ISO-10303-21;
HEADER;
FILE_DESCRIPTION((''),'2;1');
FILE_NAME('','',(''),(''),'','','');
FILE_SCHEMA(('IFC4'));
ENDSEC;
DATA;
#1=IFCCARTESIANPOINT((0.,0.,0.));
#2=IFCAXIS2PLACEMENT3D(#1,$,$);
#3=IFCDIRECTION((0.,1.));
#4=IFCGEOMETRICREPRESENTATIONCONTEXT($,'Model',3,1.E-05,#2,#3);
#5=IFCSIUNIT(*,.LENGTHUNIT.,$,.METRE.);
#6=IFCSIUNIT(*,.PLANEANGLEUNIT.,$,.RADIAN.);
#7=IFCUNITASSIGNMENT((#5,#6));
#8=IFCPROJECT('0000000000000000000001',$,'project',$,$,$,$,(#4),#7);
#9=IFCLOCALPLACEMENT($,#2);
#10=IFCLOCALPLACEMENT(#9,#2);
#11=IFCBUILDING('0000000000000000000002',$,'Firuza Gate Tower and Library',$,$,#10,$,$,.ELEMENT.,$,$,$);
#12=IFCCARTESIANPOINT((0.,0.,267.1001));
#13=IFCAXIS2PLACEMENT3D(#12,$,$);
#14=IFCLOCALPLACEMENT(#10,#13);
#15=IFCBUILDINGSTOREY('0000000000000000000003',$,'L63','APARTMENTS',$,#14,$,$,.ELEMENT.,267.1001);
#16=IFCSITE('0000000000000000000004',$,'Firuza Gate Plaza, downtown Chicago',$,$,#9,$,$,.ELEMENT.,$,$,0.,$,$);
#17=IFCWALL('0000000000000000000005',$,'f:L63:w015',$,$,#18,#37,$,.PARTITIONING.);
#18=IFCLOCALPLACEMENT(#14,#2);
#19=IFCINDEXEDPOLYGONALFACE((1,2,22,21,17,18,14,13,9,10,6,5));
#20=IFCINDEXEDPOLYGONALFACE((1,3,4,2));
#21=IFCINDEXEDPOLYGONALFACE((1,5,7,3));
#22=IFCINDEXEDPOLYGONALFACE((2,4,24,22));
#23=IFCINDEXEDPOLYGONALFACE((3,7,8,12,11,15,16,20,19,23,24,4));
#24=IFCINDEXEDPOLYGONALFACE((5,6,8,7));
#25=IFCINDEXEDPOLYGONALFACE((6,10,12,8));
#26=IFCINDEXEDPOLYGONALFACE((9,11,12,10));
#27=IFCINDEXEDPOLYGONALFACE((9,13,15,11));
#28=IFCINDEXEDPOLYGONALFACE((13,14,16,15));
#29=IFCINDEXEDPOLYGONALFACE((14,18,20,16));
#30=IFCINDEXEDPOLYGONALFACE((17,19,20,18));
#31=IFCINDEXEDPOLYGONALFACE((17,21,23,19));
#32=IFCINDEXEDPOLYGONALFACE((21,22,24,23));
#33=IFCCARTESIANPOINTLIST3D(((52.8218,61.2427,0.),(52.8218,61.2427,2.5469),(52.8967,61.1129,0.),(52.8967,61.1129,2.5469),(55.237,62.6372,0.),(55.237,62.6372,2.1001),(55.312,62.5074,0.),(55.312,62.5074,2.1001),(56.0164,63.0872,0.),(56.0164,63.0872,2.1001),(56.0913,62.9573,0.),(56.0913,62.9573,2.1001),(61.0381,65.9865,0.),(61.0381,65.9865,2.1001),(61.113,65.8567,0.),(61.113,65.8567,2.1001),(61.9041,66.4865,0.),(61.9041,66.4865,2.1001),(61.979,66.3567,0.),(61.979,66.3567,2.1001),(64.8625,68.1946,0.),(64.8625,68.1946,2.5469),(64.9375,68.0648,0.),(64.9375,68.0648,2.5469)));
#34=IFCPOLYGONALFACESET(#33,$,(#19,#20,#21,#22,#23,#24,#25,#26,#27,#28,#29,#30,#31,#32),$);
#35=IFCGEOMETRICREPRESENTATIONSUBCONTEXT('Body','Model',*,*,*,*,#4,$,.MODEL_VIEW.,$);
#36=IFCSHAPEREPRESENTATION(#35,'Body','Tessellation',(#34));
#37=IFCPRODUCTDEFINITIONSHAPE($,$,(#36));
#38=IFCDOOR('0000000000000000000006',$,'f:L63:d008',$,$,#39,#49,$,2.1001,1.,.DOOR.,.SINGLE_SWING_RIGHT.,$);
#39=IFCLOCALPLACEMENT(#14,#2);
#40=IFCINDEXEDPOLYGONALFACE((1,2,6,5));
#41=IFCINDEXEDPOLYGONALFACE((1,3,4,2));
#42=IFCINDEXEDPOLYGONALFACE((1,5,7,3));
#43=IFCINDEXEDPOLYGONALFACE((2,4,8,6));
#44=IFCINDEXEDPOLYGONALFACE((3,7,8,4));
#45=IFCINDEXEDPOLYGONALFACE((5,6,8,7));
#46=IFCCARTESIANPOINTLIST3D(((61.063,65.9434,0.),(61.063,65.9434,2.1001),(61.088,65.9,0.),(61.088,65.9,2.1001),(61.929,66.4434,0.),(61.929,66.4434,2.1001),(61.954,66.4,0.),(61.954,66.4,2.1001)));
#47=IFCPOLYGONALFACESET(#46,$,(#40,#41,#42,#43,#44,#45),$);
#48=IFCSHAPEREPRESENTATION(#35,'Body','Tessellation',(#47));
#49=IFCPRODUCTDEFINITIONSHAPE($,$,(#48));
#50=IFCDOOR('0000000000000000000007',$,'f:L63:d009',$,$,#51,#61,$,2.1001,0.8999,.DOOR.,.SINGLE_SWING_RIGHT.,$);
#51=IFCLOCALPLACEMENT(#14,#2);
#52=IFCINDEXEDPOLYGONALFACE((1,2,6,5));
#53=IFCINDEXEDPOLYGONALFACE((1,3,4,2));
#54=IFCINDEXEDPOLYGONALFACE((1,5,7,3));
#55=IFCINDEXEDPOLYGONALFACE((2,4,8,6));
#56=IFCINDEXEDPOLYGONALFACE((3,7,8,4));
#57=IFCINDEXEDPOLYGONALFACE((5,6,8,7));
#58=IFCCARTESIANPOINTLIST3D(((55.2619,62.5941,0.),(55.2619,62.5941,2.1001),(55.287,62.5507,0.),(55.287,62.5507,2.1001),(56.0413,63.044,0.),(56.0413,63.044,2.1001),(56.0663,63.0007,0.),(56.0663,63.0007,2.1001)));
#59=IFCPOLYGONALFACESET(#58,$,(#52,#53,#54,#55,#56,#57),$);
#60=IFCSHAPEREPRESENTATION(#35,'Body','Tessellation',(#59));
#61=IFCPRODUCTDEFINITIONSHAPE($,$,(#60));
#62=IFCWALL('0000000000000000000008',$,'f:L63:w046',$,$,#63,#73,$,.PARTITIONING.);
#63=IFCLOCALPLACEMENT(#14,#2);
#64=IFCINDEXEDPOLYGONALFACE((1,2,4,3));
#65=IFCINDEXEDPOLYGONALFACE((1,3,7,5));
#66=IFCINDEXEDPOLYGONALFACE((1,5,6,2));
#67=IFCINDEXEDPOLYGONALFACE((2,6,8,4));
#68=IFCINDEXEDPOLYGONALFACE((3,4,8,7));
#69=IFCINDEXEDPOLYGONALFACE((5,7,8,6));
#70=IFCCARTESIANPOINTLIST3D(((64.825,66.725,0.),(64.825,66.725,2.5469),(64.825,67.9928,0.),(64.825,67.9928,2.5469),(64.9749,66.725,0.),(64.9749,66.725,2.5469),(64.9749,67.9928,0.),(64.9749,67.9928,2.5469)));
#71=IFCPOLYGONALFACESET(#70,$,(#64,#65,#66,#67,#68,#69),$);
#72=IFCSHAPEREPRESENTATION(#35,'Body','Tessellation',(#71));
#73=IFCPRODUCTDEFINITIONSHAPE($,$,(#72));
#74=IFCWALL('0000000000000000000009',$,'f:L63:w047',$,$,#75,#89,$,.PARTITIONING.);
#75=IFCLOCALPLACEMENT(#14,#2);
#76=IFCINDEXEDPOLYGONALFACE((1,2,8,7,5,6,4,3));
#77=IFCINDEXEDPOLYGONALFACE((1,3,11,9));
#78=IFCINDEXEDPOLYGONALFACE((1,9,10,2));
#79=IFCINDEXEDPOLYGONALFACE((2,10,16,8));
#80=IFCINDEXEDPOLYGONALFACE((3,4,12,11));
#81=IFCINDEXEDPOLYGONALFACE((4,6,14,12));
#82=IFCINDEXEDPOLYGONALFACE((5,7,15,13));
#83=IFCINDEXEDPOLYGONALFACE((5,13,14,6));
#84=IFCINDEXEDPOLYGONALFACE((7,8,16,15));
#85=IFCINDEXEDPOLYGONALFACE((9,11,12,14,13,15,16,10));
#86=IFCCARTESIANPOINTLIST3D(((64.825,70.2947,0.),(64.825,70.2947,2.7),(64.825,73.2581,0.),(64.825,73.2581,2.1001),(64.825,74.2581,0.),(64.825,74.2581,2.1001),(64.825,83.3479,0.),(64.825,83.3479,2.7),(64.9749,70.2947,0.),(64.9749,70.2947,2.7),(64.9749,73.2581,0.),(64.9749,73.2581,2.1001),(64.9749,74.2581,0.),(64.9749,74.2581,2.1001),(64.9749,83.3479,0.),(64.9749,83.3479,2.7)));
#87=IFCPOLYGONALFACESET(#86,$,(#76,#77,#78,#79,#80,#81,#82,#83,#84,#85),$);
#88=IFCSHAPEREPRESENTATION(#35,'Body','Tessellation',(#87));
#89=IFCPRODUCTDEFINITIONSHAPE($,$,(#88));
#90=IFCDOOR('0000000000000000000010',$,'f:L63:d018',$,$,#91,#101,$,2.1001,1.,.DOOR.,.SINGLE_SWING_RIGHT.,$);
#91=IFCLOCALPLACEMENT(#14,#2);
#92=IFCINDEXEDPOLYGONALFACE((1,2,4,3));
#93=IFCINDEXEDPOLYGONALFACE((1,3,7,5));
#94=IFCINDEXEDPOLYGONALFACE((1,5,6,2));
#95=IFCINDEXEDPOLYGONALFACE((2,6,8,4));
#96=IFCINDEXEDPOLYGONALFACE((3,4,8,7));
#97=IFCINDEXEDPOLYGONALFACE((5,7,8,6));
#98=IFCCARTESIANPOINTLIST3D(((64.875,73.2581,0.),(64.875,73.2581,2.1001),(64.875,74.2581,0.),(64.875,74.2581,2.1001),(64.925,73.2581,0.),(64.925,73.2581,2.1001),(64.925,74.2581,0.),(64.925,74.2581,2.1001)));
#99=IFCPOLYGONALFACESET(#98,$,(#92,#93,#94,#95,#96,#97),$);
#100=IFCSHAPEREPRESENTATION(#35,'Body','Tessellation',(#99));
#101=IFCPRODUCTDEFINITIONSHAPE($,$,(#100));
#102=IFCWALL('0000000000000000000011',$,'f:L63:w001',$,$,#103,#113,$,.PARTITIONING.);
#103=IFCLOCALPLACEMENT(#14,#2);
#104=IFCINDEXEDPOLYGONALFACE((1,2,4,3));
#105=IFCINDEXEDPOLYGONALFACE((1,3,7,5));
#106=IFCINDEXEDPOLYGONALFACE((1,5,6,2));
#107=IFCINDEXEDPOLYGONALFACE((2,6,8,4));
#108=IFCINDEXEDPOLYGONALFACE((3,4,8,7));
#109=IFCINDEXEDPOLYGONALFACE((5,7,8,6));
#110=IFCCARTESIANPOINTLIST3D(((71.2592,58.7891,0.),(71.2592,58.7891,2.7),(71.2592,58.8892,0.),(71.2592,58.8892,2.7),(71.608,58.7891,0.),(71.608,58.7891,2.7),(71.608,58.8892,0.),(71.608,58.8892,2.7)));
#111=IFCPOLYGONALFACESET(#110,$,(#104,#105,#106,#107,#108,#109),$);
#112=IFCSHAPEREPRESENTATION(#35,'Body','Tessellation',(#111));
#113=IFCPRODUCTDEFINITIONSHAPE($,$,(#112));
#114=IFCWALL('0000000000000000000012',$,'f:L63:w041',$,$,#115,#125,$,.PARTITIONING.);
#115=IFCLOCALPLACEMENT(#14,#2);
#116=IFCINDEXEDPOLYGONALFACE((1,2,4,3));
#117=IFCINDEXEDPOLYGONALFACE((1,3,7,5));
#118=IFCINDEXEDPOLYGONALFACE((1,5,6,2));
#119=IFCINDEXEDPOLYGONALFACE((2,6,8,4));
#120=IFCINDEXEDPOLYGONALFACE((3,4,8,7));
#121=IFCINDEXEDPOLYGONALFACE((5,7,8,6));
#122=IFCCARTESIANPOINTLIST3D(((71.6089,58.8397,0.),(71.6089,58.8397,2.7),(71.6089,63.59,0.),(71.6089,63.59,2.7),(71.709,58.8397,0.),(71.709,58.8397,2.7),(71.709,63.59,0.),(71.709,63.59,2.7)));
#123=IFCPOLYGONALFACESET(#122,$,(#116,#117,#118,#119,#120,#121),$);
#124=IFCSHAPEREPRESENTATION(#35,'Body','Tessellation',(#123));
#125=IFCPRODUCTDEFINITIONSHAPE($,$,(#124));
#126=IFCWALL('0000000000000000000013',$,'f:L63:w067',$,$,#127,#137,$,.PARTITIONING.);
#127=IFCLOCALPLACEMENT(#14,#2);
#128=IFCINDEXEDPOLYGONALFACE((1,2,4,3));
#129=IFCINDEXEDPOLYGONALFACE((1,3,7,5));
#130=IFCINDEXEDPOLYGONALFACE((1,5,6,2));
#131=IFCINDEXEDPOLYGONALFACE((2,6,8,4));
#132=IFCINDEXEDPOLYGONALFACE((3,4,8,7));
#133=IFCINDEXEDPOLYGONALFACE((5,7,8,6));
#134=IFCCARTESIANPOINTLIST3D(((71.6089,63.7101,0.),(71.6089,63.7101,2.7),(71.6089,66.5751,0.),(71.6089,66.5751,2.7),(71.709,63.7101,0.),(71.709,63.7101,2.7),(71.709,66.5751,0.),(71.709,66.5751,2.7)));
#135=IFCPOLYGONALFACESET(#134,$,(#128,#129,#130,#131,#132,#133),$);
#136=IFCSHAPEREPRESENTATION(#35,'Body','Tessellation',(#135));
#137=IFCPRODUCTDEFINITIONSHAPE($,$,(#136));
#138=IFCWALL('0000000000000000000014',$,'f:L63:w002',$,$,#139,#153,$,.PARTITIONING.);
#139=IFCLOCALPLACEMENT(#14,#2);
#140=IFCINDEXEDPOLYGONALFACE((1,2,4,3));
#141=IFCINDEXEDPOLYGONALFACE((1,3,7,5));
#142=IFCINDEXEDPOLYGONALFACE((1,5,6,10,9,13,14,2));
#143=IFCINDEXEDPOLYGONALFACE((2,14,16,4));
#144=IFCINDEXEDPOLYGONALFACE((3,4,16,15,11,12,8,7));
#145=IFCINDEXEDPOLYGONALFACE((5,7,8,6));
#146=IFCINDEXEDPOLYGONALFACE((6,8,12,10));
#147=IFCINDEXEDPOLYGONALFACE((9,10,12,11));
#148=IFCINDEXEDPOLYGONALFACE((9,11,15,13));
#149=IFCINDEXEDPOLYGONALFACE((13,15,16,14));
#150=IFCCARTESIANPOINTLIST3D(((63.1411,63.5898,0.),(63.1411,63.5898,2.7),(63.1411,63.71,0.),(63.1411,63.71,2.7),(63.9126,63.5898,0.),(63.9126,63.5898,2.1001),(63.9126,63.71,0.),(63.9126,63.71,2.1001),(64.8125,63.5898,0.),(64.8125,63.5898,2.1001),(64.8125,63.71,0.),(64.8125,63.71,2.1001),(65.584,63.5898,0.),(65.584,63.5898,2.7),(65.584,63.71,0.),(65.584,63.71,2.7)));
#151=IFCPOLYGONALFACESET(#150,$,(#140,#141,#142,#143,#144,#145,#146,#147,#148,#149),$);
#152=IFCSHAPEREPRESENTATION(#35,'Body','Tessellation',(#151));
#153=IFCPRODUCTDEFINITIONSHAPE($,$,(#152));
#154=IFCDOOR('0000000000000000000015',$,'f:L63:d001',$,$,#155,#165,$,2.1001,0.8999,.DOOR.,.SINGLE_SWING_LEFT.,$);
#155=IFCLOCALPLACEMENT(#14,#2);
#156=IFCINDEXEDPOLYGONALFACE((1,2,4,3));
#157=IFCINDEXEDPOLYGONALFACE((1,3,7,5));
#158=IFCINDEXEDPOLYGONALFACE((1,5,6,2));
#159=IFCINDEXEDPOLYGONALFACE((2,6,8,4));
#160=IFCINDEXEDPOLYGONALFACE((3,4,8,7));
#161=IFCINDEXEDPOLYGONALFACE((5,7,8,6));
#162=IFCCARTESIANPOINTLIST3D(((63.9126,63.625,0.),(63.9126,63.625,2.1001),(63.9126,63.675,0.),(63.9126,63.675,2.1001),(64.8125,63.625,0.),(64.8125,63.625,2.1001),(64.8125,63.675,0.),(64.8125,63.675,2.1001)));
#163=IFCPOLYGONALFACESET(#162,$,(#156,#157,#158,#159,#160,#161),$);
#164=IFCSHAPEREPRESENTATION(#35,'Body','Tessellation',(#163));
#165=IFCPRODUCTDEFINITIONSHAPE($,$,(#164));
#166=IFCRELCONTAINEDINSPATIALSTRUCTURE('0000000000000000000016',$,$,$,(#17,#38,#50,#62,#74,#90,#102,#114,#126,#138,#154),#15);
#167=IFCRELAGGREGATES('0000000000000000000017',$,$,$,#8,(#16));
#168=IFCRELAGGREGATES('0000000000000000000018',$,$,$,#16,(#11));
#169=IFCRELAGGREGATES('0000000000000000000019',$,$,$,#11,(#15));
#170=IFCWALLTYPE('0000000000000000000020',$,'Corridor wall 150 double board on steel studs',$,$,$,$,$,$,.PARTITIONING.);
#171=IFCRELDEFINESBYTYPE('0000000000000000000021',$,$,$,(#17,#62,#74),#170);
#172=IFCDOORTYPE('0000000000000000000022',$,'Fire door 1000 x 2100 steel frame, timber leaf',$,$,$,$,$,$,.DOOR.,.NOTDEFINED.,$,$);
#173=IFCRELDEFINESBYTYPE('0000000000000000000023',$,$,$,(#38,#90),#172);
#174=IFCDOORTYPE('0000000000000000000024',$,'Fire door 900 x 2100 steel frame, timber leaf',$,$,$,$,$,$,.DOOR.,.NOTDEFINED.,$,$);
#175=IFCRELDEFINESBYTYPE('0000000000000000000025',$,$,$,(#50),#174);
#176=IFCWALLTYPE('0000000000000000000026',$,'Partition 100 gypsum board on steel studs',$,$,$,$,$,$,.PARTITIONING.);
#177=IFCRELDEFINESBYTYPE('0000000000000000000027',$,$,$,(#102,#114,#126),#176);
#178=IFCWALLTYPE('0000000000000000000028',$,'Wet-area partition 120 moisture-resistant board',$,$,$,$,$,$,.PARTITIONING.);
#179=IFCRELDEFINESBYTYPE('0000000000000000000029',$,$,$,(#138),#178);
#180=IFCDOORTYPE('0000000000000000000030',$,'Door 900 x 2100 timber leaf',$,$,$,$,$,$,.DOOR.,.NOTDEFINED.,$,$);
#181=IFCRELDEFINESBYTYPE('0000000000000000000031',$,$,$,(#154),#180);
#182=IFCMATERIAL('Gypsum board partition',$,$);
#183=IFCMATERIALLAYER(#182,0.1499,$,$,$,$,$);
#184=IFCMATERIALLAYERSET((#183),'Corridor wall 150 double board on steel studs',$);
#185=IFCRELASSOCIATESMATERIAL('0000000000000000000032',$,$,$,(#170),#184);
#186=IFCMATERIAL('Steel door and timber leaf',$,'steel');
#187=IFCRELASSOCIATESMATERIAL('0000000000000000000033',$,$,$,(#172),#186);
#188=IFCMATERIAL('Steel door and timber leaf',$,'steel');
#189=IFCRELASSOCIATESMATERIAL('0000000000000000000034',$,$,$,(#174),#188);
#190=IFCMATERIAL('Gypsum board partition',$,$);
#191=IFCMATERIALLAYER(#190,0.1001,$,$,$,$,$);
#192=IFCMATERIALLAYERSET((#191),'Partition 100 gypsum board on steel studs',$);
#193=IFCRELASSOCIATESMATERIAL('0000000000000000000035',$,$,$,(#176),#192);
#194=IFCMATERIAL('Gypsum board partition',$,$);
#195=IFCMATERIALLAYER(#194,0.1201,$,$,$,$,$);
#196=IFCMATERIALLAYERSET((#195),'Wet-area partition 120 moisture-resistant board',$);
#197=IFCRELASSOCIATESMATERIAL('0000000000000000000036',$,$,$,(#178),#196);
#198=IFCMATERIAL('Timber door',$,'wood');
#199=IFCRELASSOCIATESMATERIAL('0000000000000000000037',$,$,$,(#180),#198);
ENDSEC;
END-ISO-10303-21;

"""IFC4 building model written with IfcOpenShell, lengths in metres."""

from ifc_helpers import new_model, si_unit, direction, frame, frame_2d, origin, place, context, subcontext, project, spatial, rectangle, extrude, material, layer, layer_set, type_object, element, fill, save


model = new_model("IFC4")

# Units and contexts
model_context = context("Model", 3, precision=1e-05, world=origin(), true_north=direction((0.0, 1.0)))
body_context = subcontext(model_context, "Body", "Model", "MODEL_VIEW")
ifc_project = project(units=[si_unit("LENGTHUNIT", "METRE"), si_unit("PLANEANGLEUNIT", "RADIAN")], contexts=[model_context])

# Site, building, storey
site_placement = place(None, origin())
site = spatial("IfcSite", under=ifc_project, at=site_placement, Name="Firuza Gate Plaza, downtown Chicago", CompositionType="ELEMENT", RefElevation=0.0)
building_placement = place(site_placement, origin())
building = spatial("IfcBuilding", under=site, at=building_placement, Name="Firuza Gate Tower and Library", CompositionType="ELEMENT")
storey_placement = place(building_placement, frame((0.0, 0.0, 267.1001)))
storey = spatial("IfcBuildingStorey", under=building, at=storey_placement, Name="L63", Description="APARTMENTS", CompositionType="ELEMENT", Elevation=267.1001)

# Wall, openings, doors
ifc_material_1 = material(Name="Gypsum board partition")
ifc_layer_1 = layer(ifc_material_1, 0.1499)
ifc_layer_set_1 = layer_set([ifc_layer_1], Name="Corridor wall 150 double board on steel studs")
wall_type_1 = type_object("IfcWallType", Name="Corridor wall 150 double board on steel studs", PredefinedType="PARTITIONING", material=ifc_layer_set_1)
wall_1_placement = place(storey_placement, frame((64.8999, 68.1296, 0.0), z_axis=(0.0, 0.0, 1.0), x_axis=(-0.86602, -0.500009, 0.0)))
wall_1 = element("IfcWall", 1, at=wall_1_placement, inside=storey, type_object=wall_type_1, Name="f:L63:w015", PredefinedType="PARTITIONING", context=body_context, shape_type="SweptSolid", body=[
    extrude(rectangle(XDim=13.9036, YDim=0.1499, at=frame_2d((6.9517, 0.0))), origin(), (0.0, 0.0, 1.0), 2.5469),
])
opening_1_placement = place(wall_1_placement, frame((3.416, 0.0, 0.0)))
opening_1 = element("IfcOpeningElement", 2, at=opening_1_placement, cuts=wall_1, PredefinedType="OPENING", context=body_context, shape_type="SweptSolid", body=[
    extrude(rectangle(XDim=1.0, YDim=2.1001, at=frame_2d((0.5, 1.05))), frame((0.0, 0.085, 0.0), z_axis=(0.0, -1.0, 0.0), x_axis=(1.0, 0.0, 0.0)), (0.0, 0.0, 1.0), 0.1699),
])
opening_2_placement = place(wall_1_placement, frame((10.2146, 0.0, 0.0)))
opening_2 = element("IfcOpeningElement", 3, at=opening_2_placement, cuts=wall_1, PredefinedType="OPENING", context=body_context, shape_type="SweptSolid", body=[
    extrude(rectangle(XDim=0.8999, YDim=2.1001, at=frame_2d((0.45, 1.05))), frame((0.0, 0.085, 0.0), z_axis=(0.0, -1.0, 0.0), x_axis=(1.0, 0.0, 0.0)), (0.0, 0.0, 1.0), 0.1699),
])
ifc_material_2 = material(Name="Steel door and timber leaf", Category="steel")
door_type_1 = type_object("IfcDoorType", Name="Fire door 1000 x 2100 steel frame, timber leaf", OperationType="NOTDEFINED", PredefinedType="DOOR", material=ifc_material_2)
door_1_placement = place(opening_1_placement, origin())
door_1 = element("IfcDoor", 4, at=door_1_placement, inside=storey, type_object=door_type_1, Name="f:L63:d008", OperationType="SINGLE_SWING_RIGHT", OverallHeight=2.1001, OverallWidth=1.0, PredefinedType="DOOR", context=body_context, shape_type="SweptSolid", body=[
    extrude(rectangle(XDim=1.0, YDim=2.1001, at=frame_2d((0.5, 1.05))), frame((0.0, 0.0249, 0.0), z_axis=(0.0, -1.0, 0.0), x_axis=(1.0, 0.0, 0.0)), (0.0, 0.0, 1.0), 0.05),
])
fill(opening_1, door_1)
ifc_material_3 = material(Name="Steel door and timber leaf", Category="steel")
door_type_2 = type_object("IfcDoorType", Name="Fire door 900 x 2100 steel frame, timber leaf", OperationType="NOTDEFINED", PredefinedType="DOOR", material=ifc_material_3)
door_2_placement = place(opening_2_placement, origin())
door_2 = element("IfcDoor", 5, at=door_2_placement, inside=storey, type_object=door_type_2, Name="f:L63:d009", OperationType="SINGLE_SWING_RIGHT", OverallHeight=2.1001, OverallWidth=0.8999, PredefinedType="DOOR", context=body_context, shape_type="SweptSolid", body=[
    extrude(rectangle(XDim=0.8999, YDim=2.1001, at=frame_2d((0.45, 1.05))), frame((0.0, 0.0249, 0.0), z_axis=(0.0, -1.0, 0.0), x_axis=(1.0, 0.0, 0.0)), (0.0, 0.0, 1.0), 0.05),
])
fill(opening_2, door_2)

# Wall
wall_2_placement = place(storey_placement, frame((64.8999, 66.7251, 0.0), z_axis=(0.0, 0.0, 1.0), x_axis=(0.0, 1.0, 0.0)))
element("IfcWall", 6, at=wall_2_placement, inside=storey, type_object=wall_type_1, Name="f:L63:w046", PredefinedType="PARTITIONING", context=body_context, shape_type="SweptSolid", body=[
    extrude(rectangle(XDim=1.2678, YDim=0.1499, at=frame_2d((0.6338, 0.0))), origin(), (0.0, 0.0, 1.0), 2.5469),
])

# Wall, opening, door
wall_3_placement = place(storey_placement, frame((64.8999, 70.2947, 0.0), z_axis=(0.0, 0.0, 1.0), x_axis=(0.0, 1.0, 0.0)))
wall_3 = element("IfcWall", 7, at=wall_3_placement, inside=storey, type_object=wall_type_1, Name="f:L63:w047", PredefinedType="PARTITIONING", context=body_context, shape_type="SweptSolid", body=[
    extrude(rectangle(XDim=13.0532, YDim=0.1499, at=frame_2d((6.5266, 0.0))), origin(), (0.0, 0.0, 1.0), 2.7),
])
opening_3_placement = place(wall_3_placement, frame((2.9634, 0.0, 0.0)))
opening_3 = element("IfcOpeningElement", 8, at=opening_3_placement, cuts=wall_3, PredefinedType="OPENING", context=body_context, shape_type="SweptSolid", body=[
    extrude(rectangle(XDim=1.0, YDim=2.1001, at=frame_2d((0.5, 1.05))), frame((0.0, 0.085, 0.0), z_axis=(0.0, -1.0, 0.0), x_axis=(1.0, 0.0, 0.0)), (0.0, 0.0, 1.0), 0.1699),
])
door_3_placement = place(opening_3_placement, origin())
door_3 = element("IfcDoor", 9, at=door_3_placement, inside=storey, type_object=door_type_1, Name="f:L63:d018", OperationType="SINGLE_SWING_RIGHT", OverallHeight=2.1001, OverallWidth=1.0, PredefinedType="DOOR", context=body_context, shape_type="SweptSolid", body=[
    extrude(rectangle(XDim=1.0, YDim=2.1001, at=frame_2d((0.5, 1.05))), frame((0.0, 0.0249, 0.0), z_axis=(0.0, -1.0, 0.0), x_axis=(1.0, 0.0, 0.0)), (0.0, 0.0, 1.0), 0.05),
])
fill(opening_3, door_3)

# Walls
ifc_material_4 = material(Name="Gypsum board partition")
ifc_layer_2 = layer(ifc_material_4, 0.1001)
ifc_layer_set_2 = layer_set([ifc_layer_2], Name="Partition 100 gypsum board on steel studs")
wall_type_2 = type_object("IfcWallType", Name="Partition 100 gypsum board on steel studs", PredefinedType="PARTITIONING", material=ifc_layer_set_2)
wall_4_placement = place(storey_placement, frame((71.2593, 58.8391, 0.0), z_axis=(0.0, 0.0, 1.0), x_axis=(1.0, 0.0, 0.0)))
element("IfcWall", 10, at=wall_4_placement, inside=storey, type_object=wall_type_2, Name="f:L63:w001", PredefinedType="PARTITIONING", context=body_context, shape_type="SweptSolid", body=[
    extrude(rectangle(XDim=0.3489, YDim=0.1001, at=frame_2d((0.1743, 0.0))), origin(), (0.0, 0.0, 1.0), 2.7),
])
wall_5_placement = place(storey_placement, frame((71.6589, 58.8398, 0.0), z_axis=(0.0, 0.0, 1.0), x_axis=(0.0, 1.0, 0.0)))
element("IfcWall", 11, at=wall_5_placement, inside=storey, type_object=wall_type_2, Name="f:L63:w041", PredefinedType="PARTITIONING", context=body_context, shape_type="SweptSolid", body=[
    extrude(rectangle(XDim=4.7502, YDim=0.1001, at=frame_2d((2.375, 0.0))), origin(), (0.0, 0.0, 1.0), 2.7),
])
wall_6_placement = place(storey_placement, frame((71.6589, 63.71, 0.0), z_axis=(0.0, 0.0, 1.0), x_axis=(0.0, 1.0, 0.0)))
element("IfcWall", 12, at=wall_6_placement, inside=storey, type_object=wall_type_2, Name="f:L63:w067", PredefinedType="PARTITIONING", context=body_context, shape_type="SweptSolid", body=[
    extrude(rectangle(XDim=2.865, YDim=0.1001, at=frame_2d((1.4326, 0.0))), origin(), (0.0, 0.0, 1.0), 2.7),
])

# Wall, opening, door
ifc_material_5 = material(Name="Gypsum board partition")
ifc_layer_3 = layer(ifc_material_5, 0.1201)
ifc_layer_set_3 = layer_set([ifc_layer_3], Name="Wet-area partition 120 moisture-resistant board")
wall_type_3 = type_object("IfcWallType", Name="Wet-area partition 120 moisture-resistant board", PredefinedType="PARTITIONING", material=ifc_layer_set_3)
wall_7_placement = place(storey_placement, frame((65.584, 63.6499, 0.0), z_axis=(0.0, 0.0, 1.0), x_axis=(-1.0, 0.0, 0.0)))
wall_7 = element("IfcWall", 13, at=wall_7_placement, inside=storey, type_object=wall_type_3, Name="f:L63:w002", PredefinedType="PARTITIONING", context=body_context, shape_type="SweptSolid", body=[
    extrude(rectangle(XDim=2.4429, YDim=0.1201, at=frame_2d((1.2214, 0.0))), origin(), (0.0, 0.0, 1.0), 2.7),
])
opening_4_placement = place(wall_7_placement, frame((0.7715, 0.0, 0.0)))
opening_4 = element("IfcOpeningElement", 14, at=opening_4_placement, cuts=wall_7, PredefinedType="OPENING", context=body_context, shape_type="SweptSolid", body=[
    extrude(rectangle(XDim=0.8999, YDim=2.1001, at=frame_2d((0.45, 1.05))), frame((0.0, 0.0701, 0.0), z_axis=(0.0, -1.0, 0.0), x_axis=(1.0, 0.0, 0.0)), (0.0, 0.0, 1.0), 0.1401),
])
ifc_material_6 = material(Name="Timber door", Category="wood")
door_type_3 = type_object("IfcDoorType", Name="Door 900 x 2100 timber leaf", OperationType="NOTDEFINED", PredefinedType="DOOR", material=ifc_material_6)
door_4_placement = place(opening_4_placement, origin())
door_4 = element("IfcDoor", 15, at=door_4_placement, inside=storey, type_object=door_type_3, Name="f:L63:d001", OperationType="SINGLE_SWING_LEFT", OverallHeight=2.1001, OverallWidth=0.8999, PredefinedType="DOOR", context=body_context, shape_type="SweptSolid", body=[
    extrude(rectangle(XDim=0.8999, YDim=2.1001, at=frame_2d((0.45, 1.05))), frame((0.0, 0.0249, 0.0), z_axis=(0.0, -1.0, 0.0), x_axis=(1.0, 0.0, 0.0)), (0.0, 0.0, 1.0), 0.05),
])
fill(opening_4, door_4)

save(model, "model.ifc")
